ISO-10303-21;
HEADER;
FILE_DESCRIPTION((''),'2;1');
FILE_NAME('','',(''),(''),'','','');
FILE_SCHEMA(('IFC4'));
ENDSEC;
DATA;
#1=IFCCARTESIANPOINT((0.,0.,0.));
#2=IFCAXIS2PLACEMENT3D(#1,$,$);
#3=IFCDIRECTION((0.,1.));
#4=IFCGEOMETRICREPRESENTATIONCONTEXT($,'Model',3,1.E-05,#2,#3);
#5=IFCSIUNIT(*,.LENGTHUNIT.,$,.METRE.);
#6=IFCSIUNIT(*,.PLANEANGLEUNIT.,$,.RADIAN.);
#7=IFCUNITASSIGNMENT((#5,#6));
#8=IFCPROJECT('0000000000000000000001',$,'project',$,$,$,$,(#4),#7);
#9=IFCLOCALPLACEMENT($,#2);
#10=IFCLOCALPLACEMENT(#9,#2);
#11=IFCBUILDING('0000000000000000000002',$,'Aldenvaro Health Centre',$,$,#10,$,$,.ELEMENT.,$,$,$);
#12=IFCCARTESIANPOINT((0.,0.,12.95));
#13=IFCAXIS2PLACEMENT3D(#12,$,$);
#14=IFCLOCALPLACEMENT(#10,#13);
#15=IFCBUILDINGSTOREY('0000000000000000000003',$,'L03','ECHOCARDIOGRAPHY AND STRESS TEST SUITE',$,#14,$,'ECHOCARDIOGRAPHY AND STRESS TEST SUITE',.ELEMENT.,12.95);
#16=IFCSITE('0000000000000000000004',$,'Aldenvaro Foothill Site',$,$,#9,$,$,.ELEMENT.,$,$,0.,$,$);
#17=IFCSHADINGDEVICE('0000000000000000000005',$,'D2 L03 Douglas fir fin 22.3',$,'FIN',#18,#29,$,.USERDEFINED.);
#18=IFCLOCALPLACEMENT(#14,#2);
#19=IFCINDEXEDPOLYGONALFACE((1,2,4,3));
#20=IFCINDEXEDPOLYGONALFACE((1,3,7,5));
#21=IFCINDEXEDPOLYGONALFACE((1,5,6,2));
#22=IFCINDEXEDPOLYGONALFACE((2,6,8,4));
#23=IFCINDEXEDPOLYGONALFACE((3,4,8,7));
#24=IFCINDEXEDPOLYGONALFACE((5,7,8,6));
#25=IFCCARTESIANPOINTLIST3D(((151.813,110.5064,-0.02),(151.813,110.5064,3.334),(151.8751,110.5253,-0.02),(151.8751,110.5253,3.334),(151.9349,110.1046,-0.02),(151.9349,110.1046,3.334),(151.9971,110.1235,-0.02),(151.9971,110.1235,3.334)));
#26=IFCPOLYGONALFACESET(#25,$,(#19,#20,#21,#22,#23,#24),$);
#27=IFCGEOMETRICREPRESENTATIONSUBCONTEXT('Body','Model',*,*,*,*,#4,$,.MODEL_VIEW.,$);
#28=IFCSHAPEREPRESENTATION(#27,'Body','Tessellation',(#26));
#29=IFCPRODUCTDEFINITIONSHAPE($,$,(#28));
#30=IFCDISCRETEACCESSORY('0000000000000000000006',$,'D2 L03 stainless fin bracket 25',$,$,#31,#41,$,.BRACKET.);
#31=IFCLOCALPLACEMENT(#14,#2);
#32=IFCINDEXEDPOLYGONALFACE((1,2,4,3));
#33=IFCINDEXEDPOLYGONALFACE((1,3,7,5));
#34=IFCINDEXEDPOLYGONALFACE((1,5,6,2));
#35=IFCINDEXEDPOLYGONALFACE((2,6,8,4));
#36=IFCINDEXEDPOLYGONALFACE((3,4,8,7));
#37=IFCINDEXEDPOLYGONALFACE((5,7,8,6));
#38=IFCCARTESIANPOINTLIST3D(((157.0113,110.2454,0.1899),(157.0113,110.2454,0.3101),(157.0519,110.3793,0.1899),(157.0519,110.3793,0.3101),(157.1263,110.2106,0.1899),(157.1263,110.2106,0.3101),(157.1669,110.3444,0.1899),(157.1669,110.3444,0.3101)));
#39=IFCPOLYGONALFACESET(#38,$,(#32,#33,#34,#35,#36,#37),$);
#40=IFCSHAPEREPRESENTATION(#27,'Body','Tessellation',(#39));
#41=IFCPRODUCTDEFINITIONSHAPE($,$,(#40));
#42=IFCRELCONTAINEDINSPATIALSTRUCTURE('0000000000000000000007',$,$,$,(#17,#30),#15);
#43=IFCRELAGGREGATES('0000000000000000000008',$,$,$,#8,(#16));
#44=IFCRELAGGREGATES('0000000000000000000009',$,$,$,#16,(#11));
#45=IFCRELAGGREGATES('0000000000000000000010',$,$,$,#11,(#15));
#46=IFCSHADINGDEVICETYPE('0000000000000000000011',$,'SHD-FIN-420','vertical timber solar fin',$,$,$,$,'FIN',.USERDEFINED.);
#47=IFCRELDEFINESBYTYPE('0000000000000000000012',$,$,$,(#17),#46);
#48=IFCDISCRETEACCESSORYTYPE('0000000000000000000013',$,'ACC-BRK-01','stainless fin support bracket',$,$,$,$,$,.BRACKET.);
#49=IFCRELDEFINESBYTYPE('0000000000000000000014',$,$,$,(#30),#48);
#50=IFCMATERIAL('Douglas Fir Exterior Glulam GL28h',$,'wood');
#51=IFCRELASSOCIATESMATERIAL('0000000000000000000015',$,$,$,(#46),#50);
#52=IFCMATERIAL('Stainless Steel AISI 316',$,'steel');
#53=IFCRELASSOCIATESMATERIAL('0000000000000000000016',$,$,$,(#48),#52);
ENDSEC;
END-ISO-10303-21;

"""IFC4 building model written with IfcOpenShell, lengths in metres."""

from ifc_helpers import new_model, si_unit, direction, frame, origin, origin_2d, place, context, subcontext, project, spatial, rectangle, extrude, material, type_object, element, save


model = new_model("IFC4")

# Units and contexts
model_context = context("Model", 3, precision=1e-05, world=origin(), true_north=direction((0.0, 1.0)))
body_context = subcontext(model_context, "Body", "Model", "MODEL_VIEW")
ifc_project = project(units=[si_unit("LENGTHUNIT", "METRE"), si_unit("PLANEANGLEUNIT", "RADIAN")], contexts=[model_context])

# Site, building, storey
site_placement = place(None, origin())
site = spatial("IfcSite", under=ifc_project, at=site_placement, Name="Aldenvaro Foothill Site", CompositionType="ELEMENT", RefElevation=0.0)
building_placement = place(site_placement, origin())
building = spatial("IfcBuilding", under=site, at=building_placement, Name="Aldenvaro Health Centre", CompositionType="ELEMENT")
storey_placement = place(building_placement, frame((0.0, 0.0, 12.95)))
storey = spatial("IfcBuildingStorey", under=building, at=storey_placement, Name="L03", Description="ECHOCARDIOGRAPHY AND STRESS TEST SUITE", LongName="ECHOCARDIOGRAPHY AND STRESS TEST SUITE", CompositionType="ELEMENT", Elevation=12.95)

# Shading device
ifc_material_1 = material(Name="Douglas Fir Exterior Glulam GL28h", Category="wood")
shading_device_type_1 = type_object("IfcShadingDeviceType", Name="SHD-FIN-420", Description="vertical timber solar fin", ElementType="FIN", PredefinedType="USERDEFINED", material=ifc_material_1)
shading_device_1_placement = place(storey_placement, frame((151.905, 110.3149, -0.02), z_axis=(0.0, 0.0, 1.0), x_axis=(0.956927, 0.29033, 0.0)))
element("IfcShadingDevice", 1, at=shading_device_1_placement, inside=storey, type_object=shading_device_type_1, Name="D2 L03 Douglas fir fin 22.3", ObjectType="FIN", PredefinedType="USERDEFINED", context=body_context, shape_type="SweptSolid", body=[
    extrude(rectangle(XDim=0.0649, YDim=0.4199, at=origin_2d()), origin(), (0.0, 0.0, 1.0), 3.354),
])

# Discrete accessory
ifc_material_2 = material(Name="Stainless Steel AISI 316", Category="steel")
discrete_accessory_type = type_object("IfcDiscreteAccessoryType", Name="ACC-BRK-01", Description="stainless fin support bracket", PredefinedType="BRACKET", material=ifc_material_2)
discrete_accessory_placement = place(storey_placement, frame((157.0891, 110.2949, 0.1899), z_axis=(0.0, 0.0, 1.0), x_axis=(0.956927, -0.29033, 0.0)))
element("IfcDiscreteAccessory", 2, at=discrete_accessory_placement, inside=storey, type_object=discrete_accessory_type, Name="D2 L03 stainless fin bracket 25", PredefinedType="BRACKET", context=body_context, shape_type="SweptSolid", body=[
    extrude(rectangle(XDim=0.1201, YDim=0.1399, at=origin_2d()), origin(), (0.0, 0.0, 1.0), 0.1201),
])

save(model, "model.ifc")
